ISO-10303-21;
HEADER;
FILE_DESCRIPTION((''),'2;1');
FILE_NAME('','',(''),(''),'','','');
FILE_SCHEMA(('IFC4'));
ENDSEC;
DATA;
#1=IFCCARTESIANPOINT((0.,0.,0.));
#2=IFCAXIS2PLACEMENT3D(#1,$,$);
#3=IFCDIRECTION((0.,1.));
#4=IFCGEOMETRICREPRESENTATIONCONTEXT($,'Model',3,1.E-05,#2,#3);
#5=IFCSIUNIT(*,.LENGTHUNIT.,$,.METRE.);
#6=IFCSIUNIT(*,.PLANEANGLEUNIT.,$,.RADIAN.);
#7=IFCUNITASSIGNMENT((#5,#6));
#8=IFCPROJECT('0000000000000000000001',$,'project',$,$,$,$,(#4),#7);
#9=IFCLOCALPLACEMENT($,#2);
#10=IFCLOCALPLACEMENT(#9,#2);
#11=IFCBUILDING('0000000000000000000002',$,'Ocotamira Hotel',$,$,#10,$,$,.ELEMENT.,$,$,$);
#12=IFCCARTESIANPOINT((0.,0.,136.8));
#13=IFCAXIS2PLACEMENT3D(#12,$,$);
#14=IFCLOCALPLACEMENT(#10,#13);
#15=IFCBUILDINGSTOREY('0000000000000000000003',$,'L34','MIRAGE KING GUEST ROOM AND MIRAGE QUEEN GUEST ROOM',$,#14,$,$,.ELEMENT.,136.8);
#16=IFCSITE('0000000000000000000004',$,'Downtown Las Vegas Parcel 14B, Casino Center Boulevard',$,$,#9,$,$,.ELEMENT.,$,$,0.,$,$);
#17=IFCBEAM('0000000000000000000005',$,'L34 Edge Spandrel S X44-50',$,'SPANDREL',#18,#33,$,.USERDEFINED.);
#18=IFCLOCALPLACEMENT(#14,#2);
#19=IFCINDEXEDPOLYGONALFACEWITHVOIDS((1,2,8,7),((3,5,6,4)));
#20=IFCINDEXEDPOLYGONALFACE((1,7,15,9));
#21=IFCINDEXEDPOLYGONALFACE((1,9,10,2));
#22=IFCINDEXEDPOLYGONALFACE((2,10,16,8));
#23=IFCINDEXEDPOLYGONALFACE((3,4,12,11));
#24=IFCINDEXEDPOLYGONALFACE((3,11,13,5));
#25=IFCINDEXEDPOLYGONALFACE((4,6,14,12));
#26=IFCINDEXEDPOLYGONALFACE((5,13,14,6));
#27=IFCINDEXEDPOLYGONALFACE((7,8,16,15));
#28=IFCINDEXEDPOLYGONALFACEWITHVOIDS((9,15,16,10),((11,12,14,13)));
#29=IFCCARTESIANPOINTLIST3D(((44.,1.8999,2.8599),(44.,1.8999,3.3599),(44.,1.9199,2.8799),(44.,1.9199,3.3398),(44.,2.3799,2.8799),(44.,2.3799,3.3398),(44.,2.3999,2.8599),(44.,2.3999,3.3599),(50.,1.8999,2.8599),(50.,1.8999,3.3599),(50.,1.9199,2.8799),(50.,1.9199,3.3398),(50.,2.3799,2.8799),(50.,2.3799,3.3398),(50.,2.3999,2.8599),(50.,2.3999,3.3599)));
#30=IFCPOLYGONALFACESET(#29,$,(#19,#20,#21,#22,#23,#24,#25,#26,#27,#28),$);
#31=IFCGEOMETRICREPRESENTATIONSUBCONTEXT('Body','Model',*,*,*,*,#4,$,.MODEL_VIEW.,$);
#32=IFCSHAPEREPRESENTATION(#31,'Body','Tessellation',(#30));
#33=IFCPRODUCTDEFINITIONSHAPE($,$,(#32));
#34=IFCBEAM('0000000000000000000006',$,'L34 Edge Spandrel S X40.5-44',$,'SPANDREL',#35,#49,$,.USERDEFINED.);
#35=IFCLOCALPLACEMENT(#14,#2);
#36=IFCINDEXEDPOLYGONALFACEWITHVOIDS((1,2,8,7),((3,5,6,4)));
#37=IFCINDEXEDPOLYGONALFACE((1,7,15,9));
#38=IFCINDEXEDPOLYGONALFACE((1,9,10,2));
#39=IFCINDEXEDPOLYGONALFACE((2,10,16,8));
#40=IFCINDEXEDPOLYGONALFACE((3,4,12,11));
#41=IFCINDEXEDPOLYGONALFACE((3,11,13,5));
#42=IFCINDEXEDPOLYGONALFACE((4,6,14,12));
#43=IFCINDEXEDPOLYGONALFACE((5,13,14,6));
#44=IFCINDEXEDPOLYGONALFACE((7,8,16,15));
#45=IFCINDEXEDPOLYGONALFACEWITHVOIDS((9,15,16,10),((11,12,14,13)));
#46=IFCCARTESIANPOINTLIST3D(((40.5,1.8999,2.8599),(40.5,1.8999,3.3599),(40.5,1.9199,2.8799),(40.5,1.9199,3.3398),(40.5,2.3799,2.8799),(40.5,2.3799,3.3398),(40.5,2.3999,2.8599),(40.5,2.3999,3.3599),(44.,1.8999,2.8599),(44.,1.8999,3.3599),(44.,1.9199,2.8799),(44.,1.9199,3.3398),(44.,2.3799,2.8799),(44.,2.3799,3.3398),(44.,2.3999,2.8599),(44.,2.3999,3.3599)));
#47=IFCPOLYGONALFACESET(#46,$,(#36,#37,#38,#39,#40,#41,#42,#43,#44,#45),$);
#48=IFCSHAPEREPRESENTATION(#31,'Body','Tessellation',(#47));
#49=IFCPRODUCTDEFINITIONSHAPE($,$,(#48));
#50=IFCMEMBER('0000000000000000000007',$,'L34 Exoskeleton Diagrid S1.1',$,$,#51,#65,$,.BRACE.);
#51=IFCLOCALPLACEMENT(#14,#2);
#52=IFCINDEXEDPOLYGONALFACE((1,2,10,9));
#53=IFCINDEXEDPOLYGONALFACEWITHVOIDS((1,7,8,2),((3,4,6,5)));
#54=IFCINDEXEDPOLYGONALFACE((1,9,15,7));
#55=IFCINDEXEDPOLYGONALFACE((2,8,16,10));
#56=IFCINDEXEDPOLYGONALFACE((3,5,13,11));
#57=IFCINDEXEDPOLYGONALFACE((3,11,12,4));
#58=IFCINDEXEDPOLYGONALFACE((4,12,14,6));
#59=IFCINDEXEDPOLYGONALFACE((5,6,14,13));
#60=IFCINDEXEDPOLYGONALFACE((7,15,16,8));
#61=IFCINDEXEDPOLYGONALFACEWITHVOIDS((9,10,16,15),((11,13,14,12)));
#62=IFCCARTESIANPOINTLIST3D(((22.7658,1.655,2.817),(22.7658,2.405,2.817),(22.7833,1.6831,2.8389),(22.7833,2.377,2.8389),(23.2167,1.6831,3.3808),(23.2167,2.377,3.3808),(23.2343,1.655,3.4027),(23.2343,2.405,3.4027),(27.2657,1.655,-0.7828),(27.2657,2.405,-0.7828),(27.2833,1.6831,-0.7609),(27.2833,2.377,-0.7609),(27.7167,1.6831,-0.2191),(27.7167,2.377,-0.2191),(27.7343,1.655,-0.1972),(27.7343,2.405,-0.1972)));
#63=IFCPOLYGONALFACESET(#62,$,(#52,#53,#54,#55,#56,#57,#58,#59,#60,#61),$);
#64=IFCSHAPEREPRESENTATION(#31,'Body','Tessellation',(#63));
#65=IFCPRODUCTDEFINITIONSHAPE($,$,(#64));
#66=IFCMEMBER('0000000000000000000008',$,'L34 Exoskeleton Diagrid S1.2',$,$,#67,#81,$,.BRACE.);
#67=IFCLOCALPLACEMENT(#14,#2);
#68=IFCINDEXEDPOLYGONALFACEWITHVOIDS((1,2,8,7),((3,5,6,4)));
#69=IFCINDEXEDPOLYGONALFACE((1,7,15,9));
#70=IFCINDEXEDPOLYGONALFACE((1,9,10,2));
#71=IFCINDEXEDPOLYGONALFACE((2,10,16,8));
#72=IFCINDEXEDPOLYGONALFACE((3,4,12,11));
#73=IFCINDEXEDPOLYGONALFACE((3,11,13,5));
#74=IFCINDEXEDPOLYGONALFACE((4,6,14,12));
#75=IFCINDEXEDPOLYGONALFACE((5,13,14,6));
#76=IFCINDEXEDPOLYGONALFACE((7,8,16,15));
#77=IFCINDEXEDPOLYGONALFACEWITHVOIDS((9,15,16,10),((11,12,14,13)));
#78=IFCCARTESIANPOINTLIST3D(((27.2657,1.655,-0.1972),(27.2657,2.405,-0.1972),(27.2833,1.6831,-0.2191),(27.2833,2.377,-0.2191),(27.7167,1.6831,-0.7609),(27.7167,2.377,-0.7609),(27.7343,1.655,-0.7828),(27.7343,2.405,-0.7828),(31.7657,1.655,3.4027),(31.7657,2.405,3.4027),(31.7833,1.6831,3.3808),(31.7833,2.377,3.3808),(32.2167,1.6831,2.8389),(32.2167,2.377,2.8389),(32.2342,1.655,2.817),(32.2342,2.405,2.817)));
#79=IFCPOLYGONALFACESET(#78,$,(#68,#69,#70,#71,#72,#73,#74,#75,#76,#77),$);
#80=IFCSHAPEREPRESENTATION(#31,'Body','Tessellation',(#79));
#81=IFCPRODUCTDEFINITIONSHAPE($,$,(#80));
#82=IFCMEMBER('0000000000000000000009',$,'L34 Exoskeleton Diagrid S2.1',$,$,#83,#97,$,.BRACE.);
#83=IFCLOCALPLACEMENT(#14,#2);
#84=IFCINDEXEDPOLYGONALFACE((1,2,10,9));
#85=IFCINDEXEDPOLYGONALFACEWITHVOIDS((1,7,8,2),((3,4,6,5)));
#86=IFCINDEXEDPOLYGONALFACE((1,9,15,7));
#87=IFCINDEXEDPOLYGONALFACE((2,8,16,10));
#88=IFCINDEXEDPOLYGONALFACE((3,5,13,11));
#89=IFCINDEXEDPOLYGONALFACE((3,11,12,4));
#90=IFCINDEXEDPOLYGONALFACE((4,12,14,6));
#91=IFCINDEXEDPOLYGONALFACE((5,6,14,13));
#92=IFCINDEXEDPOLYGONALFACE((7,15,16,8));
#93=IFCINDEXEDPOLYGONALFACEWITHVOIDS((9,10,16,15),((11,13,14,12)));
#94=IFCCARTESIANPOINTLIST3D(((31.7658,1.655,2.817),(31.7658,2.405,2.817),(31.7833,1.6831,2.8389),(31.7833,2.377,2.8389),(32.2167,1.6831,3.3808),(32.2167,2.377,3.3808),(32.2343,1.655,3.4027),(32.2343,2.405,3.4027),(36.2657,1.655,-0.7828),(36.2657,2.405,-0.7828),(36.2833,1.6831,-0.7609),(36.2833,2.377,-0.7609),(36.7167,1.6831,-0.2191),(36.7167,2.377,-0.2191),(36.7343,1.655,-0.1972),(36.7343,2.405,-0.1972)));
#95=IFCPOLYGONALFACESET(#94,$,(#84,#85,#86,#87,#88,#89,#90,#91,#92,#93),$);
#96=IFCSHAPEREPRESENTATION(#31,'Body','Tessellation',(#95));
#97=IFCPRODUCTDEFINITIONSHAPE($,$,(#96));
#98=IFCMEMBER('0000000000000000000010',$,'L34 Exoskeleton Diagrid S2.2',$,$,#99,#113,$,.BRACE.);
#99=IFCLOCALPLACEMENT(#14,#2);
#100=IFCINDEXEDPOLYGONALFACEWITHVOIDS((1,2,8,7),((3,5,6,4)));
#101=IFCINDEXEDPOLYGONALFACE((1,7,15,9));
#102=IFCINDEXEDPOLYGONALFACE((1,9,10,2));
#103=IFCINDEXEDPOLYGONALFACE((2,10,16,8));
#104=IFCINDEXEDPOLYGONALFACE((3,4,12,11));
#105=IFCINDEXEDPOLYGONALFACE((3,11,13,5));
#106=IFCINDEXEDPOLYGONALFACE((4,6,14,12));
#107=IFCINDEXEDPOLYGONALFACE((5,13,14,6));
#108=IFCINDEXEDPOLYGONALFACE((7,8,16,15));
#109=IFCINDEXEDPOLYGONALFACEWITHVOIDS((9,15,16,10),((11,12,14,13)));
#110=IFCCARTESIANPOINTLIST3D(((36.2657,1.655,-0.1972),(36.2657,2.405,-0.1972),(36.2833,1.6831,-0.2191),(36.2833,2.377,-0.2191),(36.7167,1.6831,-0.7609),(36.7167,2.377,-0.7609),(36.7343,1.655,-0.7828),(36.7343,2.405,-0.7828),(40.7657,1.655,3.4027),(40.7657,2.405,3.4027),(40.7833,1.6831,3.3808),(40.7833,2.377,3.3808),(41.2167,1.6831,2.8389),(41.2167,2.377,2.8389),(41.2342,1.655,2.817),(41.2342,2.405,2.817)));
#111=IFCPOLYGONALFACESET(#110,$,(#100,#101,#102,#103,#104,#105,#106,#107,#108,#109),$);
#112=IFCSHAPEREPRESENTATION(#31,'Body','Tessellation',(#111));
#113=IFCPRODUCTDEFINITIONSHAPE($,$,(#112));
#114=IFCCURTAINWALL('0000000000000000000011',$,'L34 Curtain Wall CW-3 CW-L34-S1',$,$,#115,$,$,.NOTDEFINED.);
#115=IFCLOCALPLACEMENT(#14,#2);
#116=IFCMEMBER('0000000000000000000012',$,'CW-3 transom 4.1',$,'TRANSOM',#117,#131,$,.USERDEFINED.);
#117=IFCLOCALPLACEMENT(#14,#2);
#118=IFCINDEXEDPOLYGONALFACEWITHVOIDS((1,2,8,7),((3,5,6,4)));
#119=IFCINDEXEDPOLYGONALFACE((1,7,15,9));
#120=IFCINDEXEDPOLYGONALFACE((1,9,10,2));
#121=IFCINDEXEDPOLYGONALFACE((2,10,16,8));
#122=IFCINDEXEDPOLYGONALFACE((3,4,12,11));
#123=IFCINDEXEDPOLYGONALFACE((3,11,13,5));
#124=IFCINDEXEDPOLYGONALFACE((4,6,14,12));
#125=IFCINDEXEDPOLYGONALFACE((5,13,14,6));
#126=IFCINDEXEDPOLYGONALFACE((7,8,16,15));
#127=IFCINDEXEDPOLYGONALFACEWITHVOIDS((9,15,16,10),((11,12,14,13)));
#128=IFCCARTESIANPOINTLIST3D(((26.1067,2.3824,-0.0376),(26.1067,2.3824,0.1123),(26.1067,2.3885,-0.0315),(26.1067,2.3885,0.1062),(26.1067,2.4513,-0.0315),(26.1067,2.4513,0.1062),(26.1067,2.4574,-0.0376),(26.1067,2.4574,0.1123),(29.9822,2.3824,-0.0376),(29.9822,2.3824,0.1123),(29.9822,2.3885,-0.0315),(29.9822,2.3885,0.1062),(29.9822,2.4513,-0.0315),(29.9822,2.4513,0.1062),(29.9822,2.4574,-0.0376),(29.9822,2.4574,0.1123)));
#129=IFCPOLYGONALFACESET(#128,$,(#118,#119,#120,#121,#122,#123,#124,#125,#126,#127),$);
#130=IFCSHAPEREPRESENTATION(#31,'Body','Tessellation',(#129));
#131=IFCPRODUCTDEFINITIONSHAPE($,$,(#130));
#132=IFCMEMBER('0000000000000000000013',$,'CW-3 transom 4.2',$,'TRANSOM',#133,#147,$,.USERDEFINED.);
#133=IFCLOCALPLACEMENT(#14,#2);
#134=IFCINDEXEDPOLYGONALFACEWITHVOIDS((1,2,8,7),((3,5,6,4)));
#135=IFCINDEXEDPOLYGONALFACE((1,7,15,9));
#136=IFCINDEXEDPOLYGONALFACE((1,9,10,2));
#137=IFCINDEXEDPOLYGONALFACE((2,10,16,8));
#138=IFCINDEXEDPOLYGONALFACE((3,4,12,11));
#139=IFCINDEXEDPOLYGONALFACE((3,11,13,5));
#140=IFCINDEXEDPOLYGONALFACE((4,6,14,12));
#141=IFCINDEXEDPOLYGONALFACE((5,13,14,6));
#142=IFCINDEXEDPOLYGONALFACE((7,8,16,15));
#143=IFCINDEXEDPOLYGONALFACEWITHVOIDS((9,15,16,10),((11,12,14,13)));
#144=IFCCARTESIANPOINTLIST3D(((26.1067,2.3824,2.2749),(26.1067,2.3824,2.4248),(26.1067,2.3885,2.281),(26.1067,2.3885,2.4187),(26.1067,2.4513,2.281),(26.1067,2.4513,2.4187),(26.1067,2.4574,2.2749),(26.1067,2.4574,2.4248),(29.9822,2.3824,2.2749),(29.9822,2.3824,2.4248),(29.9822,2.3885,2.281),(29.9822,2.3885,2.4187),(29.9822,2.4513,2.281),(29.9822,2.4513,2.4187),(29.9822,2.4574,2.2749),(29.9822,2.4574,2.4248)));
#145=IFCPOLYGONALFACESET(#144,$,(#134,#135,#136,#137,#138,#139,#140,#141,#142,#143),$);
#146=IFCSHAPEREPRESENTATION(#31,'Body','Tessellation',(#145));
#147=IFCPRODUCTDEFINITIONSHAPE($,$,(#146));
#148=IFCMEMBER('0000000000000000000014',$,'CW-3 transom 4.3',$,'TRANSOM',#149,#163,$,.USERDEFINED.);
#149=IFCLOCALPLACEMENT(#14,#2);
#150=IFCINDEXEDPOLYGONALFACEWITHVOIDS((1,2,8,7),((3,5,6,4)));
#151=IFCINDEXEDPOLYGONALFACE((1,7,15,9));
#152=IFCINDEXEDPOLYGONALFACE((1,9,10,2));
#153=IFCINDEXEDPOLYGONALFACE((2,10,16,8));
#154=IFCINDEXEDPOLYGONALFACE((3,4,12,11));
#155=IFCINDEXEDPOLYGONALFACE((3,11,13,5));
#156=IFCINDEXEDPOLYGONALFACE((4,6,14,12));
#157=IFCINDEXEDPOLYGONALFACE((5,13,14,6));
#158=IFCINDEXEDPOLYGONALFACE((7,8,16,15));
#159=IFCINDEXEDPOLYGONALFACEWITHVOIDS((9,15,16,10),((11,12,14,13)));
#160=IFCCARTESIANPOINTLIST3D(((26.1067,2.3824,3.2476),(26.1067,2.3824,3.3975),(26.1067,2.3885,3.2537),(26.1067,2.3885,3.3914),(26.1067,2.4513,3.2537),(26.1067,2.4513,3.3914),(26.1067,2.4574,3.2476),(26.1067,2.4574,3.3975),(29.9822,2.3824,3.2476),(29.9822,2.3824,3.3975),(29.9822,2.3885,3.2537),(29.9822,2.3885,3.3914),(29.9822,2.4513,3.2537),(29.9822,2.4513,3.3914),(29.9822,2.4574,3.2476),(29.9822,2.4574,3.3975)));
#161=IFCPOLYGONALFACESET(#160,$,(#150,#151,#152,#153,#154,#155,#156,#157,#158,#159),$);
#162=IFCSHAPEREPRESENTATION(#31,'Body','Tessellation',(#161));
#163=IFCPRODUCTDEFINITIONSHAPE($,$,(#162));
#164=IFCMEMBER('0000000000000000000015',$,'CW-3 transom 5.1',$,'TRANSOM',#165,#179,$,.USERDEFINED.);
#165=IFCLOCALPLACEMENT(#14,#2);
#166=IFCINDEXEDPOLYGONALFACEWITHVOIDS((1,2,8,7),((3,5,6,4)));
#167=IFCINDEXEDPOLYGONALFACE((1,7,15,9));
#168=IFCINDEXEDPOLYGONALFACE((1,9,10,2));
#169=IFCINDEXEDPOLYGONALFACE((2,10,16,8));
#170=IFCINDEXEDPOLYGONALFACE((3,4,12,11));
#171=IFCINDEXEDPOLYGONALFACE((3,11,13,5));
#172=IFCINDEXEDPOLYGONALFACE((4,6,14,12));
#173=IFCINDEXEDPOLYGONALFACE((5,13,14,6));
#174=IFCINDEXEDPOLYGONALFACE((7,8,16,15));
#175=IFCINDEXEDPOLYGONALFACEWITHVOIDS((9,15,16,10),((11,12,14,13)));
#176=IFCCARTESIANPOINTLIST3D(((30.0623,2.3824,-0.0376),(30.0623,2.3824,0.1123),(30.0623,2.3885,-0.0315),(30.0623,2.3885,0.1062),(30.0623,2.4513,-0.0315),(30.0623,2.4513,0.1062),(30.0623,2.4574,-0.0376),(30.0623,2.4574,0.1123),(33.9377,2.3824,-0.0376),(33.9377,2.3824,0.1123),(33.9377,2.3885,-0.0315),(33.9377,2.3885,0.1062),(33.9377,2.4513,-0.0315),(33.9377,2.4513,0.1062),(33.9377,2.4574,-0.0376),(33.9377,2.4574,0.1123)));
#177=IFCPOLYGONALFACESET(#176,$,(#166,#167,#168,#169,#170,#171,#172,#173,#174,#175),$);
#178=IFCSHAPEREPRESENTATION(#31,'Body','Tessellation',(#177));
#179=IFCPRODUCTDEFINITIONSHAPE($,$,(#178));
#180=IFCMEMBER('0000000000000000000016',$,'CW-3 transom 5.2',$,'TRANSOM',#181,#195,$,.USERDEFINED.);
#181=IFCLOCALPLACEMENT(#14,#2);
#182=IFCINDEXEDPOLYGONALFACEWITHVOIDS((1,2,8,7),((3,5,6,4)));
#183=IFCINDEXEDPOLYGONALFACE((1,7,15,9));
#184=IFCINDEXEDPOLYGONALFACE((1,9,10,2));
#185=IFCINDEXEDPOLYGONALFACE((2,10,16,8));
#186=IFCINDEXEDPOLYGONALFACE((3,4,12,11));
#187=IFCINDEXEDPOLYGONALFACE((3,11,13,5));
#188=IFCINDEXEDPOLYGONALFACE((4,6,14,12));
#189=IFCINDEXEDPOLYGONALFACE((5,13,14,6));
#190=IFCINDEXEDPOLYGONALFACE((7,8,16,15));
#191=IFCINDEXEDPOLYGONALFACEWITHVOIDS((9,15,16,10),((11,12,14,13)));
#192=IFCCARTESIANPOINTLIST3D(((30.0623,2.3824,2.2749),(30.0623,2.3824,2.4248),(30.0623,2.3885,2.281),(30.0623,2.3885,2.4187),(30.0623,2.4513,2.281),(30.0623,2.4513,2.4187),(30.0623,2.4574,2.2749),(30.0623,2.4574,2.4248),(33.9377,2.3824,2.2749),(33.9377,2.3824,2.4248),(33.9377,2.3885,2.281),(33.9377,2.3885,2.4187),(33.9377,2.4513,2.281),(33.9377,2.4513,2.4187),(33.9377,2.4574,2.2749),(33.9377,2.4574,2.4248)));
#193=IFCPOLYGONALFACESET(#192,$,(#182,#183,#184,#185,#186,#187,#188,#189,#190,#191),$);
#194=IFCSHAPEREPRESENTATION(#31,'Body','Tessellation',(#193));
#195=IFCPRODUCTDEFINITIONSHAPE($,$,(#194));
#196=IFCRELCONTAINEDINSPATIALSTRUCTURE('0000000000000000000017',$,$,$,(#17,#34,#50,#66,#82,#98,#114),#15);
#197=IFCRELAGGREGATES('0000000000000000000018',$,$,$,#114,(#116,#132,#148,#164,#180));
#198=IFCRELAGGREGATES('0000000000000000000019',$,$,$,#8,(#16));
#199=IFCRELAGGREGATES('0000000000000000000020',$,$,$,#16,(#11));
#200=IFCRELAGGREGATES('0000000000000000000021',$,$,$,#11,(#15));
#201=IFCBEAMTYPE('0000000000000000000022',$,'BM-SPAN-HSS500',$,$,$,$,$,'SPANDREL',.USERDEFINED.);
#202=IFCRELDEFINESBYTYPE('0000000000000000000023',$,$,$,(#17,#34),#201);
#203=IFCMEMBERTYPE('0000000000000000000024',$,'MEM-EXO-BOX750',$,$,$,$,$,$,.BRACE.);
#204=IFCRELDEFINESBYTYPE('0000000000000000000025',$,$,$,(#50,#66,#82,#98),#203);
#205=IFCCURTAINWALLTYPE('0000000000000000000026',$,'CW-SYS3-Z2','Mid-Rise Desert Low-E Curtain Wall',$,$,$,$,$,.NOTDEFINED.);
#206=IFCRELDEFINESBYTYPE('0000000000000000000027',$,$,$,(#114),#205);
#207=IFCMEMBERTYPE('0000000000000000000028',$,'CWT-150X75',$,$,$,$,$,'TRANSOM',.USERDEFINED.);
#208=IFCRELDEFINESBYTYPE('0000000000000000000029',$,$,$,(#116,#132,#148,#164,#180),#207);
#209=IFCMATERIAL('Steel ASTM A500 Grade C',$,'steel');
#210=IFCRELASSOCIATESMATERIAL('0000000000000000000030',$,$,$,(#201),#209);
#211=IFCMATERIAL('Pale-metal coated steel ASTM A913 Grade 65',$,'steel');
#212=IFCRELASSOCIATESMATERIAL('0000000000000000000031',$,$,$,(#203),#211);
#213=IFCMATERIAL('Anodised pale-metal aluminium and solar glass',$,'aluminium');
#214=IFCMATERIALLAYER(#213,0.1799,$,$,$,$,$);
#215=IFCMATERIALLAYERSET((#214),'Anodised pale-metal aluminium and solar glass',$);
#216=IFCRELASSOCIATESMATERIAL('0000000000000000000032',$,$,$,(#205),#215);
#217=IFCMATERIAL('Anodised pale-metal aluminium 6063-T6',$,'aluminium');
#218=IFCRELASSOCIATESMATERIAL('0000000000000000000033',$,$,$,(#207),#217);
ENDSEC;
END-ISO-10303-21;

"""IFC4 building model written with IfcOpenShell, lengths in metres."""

from ifc_helpers import new_model, si_unit, direction, frame, origin, origin_2d, place, context, subcontext, project, spatial, hollow_rectangle, extrude, source, transform, mapped, material, layer, layer_set, material_profile, profile_set, type_object, element, aggregate, save


model = new_model("IFC4")

# Units and contexts
model_context = context("Model", 3, precision=1e-05, world=origin(), true_north=direction((0.0, 1.0)))
body_context = subcontext(model_context, "Body", "Model", "MODEL_VIEW")
ifc_project = project(units=[si_unit("LENGTHUNIT", "METRE"), si_unit("PLANEANGLEUNIT", "RADIAN")], contexts=[model_context])

# Site, building, storey
site_placement = place(None, origin())
site = spatial("IfcSite", under=ifc_project, at=site_placement, Name="Downtown Las Vegas Parcel 14B, Casino Center Boulevard", CompositionType="ELEMENT", RefElevation=0.0)
building_placement = place(site_placement, origin())
building = spatial("IfcBuilding", under=site, at=building_placement, Name="Ocotamira Hotel", CompositionType="ELEMENT")
storey_placement = place(building_placement, frame((0.0, 0.0, 136.8)))
storey = spatial("IfcBuildingStorey", under=building, at=storey_placement, Name="L34", Description="MIRAGE KING GUEST ROOM AND MIRAGE QUEEN GUEST ROOM", CompositionType="ELEMENT", Elevation=136.8)

# Beams
ifc_material_1 = material(Name="Steel ASTM A500 Grade C", Category="steel")
ifc_material_profile_1 = material_profile(ifc_material_1, hollow_rectangle(XDim=0.5, YDim=0.5, WallThickness=0.02, at=origin_2d()), Name="HSS500X500X20")
ifc_profile_set_1 = profile_set([ifc_material_profile_1], Name="Steel ASTM A500 Grade C")
beam_type = type_object("IfcBeamType", Name="BM-SPAN-HSS500", ElementType="SPANDREL", PredefinedType="USERDEFINED", material=ifc_profile_set_1)
shared_shape_1 = source(origin(), body_context, "Body", "SweptSolid", [
    extrude(hollow_rectangle(XDim=0.5, YDim=0.5, WallThickness=0.02, at=origin_2d()), origin(), (0.0, 0.0, 1.0), 6.0),
])
beam_1_placement = place(storey_placement, frame((44.0, 2.1499, 3.1099), z_axis=(1.0, 0.0, 0.0), x_axis=(0.0, 1.0, 0.0)))
element("IfcBeam", 1, at=beam_1_placement, inside=storey, type_object=beam_type, Name="L34 Edge Spandrel S X44-50", ObjectType="SPANDREL", PredefinedType="USERDEFINED", context=body_context, shape_type="MappedRepresentation", body=[
    mapped(shared_shape_1, transform((0.0, 0.0, 0.0), scale=1.0)),
])
shared_shape_2 = source(origin(), body_context, "Body", "SweptSolid", [
    extrude(hollow_rectangle(XDim=0.5, YDim=0.5, WallThickness=0.02, at=origin_2d()), origin(), (0.0, 0.0, 1.0), 3.5),
])
beam_2_placement = place(storey_placement, frame((40.5, 2.1499, 3.1099), z_axis=(1.0, 0.0, 0.0), x_axis=(0.0, 1.0, 0.0)))
element("IfcBeam", 2, at=beam_2_placement, inside=storey, type_object=beam_type, Name="L34 Edge Spandrel S X40.5-44", ObjectType="SPANDREL", PredefinedType="USERDEFINED", context=body_context, shape_type="MappedRepresentation", body=[
    mapped(shared_shape_2, transform((0.0, 0.0, 0.0), scale=1.0)),
])

# Members
ifc_material_2 = material(Name="Pale-metal coated steel ASTM A913 Grade 65", Category="steel")
ifc_material_profile_2 = material_profile(ifc_material_2, hollow_rectangle(XDim=0.75, YDim=0.75, WallThickness=0.0281, at=origin_2d()), Name="BOX750X750X28")
ifc_profile_set_2 = profile_set([ifc_material_profile_2], Name="Pale-metal coated steel ASTM A913 Grade 65")
member_type_1 = type_object("IfcMemberType", Name="MEM-EXO-BOX750", PredefinedType="BRACE", material=ifc_profile_set_2)
shared_shape_3 = source(origin(), body_context, "Body", "SweptSolid", [
    extrude(hollow_rectangle(XDim=0.75, YDim=0.75, WallThickness=0.0281, at=origin_2d()), origin(), (0.0, 0.0, 1.0), 5.7627),
])
for number, where, z_axis, x_axis, name in (
    (3, (27.5, 2.03, -0.49), (-0.780881, 0.0, 0.62468), (0.0, -1.0, 0.0), "L34 Exoskeleton Diagrid S1.1"),
    (4, (27.5, 2.03, -0.49), (0.780881, 0.0, 0.62468), (0.0, 1.0, 0.0), "L34 Exoskeleton Diagrid S1.2"),
    (5, (36.5, 2.03, -0.49), (-0.780881, 0.0, 0.62468), (0.0, -1.0, 0.0), "L34 Exoskeleton Diagrid S2.1"),
    (6, (36.5, 2.03, -0.49), (0.780881, 0.0, 0.62468), (0.0, 1.0, 0.0), "L34 Exoskeleton Diagrid S2.2"),
):
    element("IfcMember", number, at=place(storey_placement, frame(where, z_axis=z_axis, x_axis=x_axis)), inside=storey, type_object=member_type_1, Name=name, PredefinedType="BRACE", context=body_context, shape_type="MappedRepresentation", body=[
        mapped(shared_shape_3, transform((0.0, 0.0, 0.0), scale=1.0)),
    ])

# Curtain wall, members
ifc_material_3 = material(Name="Anodised pale-metal aluminium and solar glass", Category="aluminium")
ifc_layer_1 = layer(ifc_material_3, 0.1799)
ifc_layer_set_1 = layer_set([ifc_layer_1], Name="Anodised pale-metal aluminium and solar glass")
curtain_wall_type = type_object("IfcCurtainWallType", Name="CW-SYS3-Z2", Description="Mid-Rise Desert Low-E Curtain Wall", PredefinedType="NOTDEFINED", material=ifc_layer_set_1)
curtain_wall_placement = place(storey_placement, origin())
curtain_wall = element("IfcCurtainWall", 7, at=curtain_wall_placement, inside=storey, type_object=curtain_wall_type, Name="L34 Curtain Wall CW-3 CW-L34-S1", PredefinedType="NOTDEFINED")
ifc_material_4 = material(Name="Anodised pale-metal aluminium 6063-T6", Category="aluminium")
ifc_material_profile_3 = material_profile(ifc_material_4, hollow_rectangle(XDim=0.075, YDim=0.1499, WallThickness=0.0061, at=origin_2d()), Name="HSS150X75X6")
ifc_profile_set_3 = profile_set([ifc_material_profile_3], Name="Anodised pale-metal aluminium 6063-T6")
member_type_2 = type_object("IfcMemberType", Name="CWT-150X75", ElementType="TRANSOM", PredefinedType="USERDEFINED", material=ifc_profile_set_3)
shared_shape_4 = source(origin(), body_context, "Body", "SweptSolid", [
    extrude(hollow_rectangle(XDim=0.075, YDim=0.1499, WallThickness=0.0061, at=origin_2d()), origin(), (0.0, 0.0, 1.0), 3.8755),
])
member_1_placement = place(storey_placement, frame((26.1067, 2.4199, 0.0374), z_axis=(1.0, 0.0, 0.0), x_axis=(0.0, 1.0, 0.0)))
member_1 = element("IfcMember", 8, at=member_1_placement, type_object=member_type_2, Name="CW-3 transom 4.1", ObjectType="TRANSOM", PredefinedType="USERDEFINED", context=body_context, shape_type="MappedRepresentation", body=[
    mapped(shared_shape_4, transform((0.0, 0.0, 0.0), scale=1.0)),
])
member_2_placement = place(storey_placement, frame((26.1067, 2.4199, 2.3499), z_axis=(1.0, 0.0, 0.0), x_axis=(0.0, 1.0, 0.0)))
member_2 = element("IfcMember", 9, at=member_2_placement, type_object=member_type_2, Name="CW-3 transom 4.2", ObjectType="TRANSOM", PredefinedType="USERDEFINED", context=body_context, shape_type="MappedRepresentation", body=[
    mapped(shared_shape_4, transform((0.0, 0.0, 0.0), scale=1.0)),
])
member_3_placement = place(storey_placement, frame((26.1067, 2.4199, 3.3225), z_axis=(1.0, 0.0, 0.0), x_axis=(0.0, 1.0, 0.0)))
member_3 = element("IfcMember", 10, at=member_3_placement, type_object=member_type_2, Name="CW-3 transom 4.3", ObjectType="TRANSOM", PredefinedType="USERDEFINED", context=body_context, shape_type="MappedRepresentation", body=[
    mapped(shared_shape_4, transform((0.0, 0.0, 0.0), scale=1.0)),
])
member_4_placement = place(storey_placement, frame((30.0623, 2.4199, 0.0374), z_axis=(1.0, 0.0, 0.0), x_axis=(0.0, 1.0, 0.0)))
member_4 = element("IfcMember", 11, at=member_4_placement, type_object=member_type_2, Name="CW-3 transom 5.1", ObjectType="TRANSOM", PredefinedType="USERDEFINED", context=body_context, shape_type="MappedRepresentation", body=[
    mapped(shared_shape_4, transform((0.0, 0.0, 0.0), scale=1.0)),
])
member_5_placement = place(storey_placement, frame((30.0623, 2.4199, 2.3499), z_axis=(1.0, 0.0, 0.0), x_axis=(0.0, 1.0, 0.0)))
member_5 = element("IfcMember", 12, at=member_5_placement, type_object=member_type_2, Name="CW-3 transom 5.2", ObjectType="TRANSOM", PredefinedType="USERDEFINED", context=body_context, shape_type="MappedRepresentation", body=[
    mapped(shared_shape_4, transform((0.0, 0.0, 0.0), scale=1.0)),
])

aggregate(curtain_wall, [member_1, member_2, member_3, member_4, member_5])

save(model, "model.ifc")
